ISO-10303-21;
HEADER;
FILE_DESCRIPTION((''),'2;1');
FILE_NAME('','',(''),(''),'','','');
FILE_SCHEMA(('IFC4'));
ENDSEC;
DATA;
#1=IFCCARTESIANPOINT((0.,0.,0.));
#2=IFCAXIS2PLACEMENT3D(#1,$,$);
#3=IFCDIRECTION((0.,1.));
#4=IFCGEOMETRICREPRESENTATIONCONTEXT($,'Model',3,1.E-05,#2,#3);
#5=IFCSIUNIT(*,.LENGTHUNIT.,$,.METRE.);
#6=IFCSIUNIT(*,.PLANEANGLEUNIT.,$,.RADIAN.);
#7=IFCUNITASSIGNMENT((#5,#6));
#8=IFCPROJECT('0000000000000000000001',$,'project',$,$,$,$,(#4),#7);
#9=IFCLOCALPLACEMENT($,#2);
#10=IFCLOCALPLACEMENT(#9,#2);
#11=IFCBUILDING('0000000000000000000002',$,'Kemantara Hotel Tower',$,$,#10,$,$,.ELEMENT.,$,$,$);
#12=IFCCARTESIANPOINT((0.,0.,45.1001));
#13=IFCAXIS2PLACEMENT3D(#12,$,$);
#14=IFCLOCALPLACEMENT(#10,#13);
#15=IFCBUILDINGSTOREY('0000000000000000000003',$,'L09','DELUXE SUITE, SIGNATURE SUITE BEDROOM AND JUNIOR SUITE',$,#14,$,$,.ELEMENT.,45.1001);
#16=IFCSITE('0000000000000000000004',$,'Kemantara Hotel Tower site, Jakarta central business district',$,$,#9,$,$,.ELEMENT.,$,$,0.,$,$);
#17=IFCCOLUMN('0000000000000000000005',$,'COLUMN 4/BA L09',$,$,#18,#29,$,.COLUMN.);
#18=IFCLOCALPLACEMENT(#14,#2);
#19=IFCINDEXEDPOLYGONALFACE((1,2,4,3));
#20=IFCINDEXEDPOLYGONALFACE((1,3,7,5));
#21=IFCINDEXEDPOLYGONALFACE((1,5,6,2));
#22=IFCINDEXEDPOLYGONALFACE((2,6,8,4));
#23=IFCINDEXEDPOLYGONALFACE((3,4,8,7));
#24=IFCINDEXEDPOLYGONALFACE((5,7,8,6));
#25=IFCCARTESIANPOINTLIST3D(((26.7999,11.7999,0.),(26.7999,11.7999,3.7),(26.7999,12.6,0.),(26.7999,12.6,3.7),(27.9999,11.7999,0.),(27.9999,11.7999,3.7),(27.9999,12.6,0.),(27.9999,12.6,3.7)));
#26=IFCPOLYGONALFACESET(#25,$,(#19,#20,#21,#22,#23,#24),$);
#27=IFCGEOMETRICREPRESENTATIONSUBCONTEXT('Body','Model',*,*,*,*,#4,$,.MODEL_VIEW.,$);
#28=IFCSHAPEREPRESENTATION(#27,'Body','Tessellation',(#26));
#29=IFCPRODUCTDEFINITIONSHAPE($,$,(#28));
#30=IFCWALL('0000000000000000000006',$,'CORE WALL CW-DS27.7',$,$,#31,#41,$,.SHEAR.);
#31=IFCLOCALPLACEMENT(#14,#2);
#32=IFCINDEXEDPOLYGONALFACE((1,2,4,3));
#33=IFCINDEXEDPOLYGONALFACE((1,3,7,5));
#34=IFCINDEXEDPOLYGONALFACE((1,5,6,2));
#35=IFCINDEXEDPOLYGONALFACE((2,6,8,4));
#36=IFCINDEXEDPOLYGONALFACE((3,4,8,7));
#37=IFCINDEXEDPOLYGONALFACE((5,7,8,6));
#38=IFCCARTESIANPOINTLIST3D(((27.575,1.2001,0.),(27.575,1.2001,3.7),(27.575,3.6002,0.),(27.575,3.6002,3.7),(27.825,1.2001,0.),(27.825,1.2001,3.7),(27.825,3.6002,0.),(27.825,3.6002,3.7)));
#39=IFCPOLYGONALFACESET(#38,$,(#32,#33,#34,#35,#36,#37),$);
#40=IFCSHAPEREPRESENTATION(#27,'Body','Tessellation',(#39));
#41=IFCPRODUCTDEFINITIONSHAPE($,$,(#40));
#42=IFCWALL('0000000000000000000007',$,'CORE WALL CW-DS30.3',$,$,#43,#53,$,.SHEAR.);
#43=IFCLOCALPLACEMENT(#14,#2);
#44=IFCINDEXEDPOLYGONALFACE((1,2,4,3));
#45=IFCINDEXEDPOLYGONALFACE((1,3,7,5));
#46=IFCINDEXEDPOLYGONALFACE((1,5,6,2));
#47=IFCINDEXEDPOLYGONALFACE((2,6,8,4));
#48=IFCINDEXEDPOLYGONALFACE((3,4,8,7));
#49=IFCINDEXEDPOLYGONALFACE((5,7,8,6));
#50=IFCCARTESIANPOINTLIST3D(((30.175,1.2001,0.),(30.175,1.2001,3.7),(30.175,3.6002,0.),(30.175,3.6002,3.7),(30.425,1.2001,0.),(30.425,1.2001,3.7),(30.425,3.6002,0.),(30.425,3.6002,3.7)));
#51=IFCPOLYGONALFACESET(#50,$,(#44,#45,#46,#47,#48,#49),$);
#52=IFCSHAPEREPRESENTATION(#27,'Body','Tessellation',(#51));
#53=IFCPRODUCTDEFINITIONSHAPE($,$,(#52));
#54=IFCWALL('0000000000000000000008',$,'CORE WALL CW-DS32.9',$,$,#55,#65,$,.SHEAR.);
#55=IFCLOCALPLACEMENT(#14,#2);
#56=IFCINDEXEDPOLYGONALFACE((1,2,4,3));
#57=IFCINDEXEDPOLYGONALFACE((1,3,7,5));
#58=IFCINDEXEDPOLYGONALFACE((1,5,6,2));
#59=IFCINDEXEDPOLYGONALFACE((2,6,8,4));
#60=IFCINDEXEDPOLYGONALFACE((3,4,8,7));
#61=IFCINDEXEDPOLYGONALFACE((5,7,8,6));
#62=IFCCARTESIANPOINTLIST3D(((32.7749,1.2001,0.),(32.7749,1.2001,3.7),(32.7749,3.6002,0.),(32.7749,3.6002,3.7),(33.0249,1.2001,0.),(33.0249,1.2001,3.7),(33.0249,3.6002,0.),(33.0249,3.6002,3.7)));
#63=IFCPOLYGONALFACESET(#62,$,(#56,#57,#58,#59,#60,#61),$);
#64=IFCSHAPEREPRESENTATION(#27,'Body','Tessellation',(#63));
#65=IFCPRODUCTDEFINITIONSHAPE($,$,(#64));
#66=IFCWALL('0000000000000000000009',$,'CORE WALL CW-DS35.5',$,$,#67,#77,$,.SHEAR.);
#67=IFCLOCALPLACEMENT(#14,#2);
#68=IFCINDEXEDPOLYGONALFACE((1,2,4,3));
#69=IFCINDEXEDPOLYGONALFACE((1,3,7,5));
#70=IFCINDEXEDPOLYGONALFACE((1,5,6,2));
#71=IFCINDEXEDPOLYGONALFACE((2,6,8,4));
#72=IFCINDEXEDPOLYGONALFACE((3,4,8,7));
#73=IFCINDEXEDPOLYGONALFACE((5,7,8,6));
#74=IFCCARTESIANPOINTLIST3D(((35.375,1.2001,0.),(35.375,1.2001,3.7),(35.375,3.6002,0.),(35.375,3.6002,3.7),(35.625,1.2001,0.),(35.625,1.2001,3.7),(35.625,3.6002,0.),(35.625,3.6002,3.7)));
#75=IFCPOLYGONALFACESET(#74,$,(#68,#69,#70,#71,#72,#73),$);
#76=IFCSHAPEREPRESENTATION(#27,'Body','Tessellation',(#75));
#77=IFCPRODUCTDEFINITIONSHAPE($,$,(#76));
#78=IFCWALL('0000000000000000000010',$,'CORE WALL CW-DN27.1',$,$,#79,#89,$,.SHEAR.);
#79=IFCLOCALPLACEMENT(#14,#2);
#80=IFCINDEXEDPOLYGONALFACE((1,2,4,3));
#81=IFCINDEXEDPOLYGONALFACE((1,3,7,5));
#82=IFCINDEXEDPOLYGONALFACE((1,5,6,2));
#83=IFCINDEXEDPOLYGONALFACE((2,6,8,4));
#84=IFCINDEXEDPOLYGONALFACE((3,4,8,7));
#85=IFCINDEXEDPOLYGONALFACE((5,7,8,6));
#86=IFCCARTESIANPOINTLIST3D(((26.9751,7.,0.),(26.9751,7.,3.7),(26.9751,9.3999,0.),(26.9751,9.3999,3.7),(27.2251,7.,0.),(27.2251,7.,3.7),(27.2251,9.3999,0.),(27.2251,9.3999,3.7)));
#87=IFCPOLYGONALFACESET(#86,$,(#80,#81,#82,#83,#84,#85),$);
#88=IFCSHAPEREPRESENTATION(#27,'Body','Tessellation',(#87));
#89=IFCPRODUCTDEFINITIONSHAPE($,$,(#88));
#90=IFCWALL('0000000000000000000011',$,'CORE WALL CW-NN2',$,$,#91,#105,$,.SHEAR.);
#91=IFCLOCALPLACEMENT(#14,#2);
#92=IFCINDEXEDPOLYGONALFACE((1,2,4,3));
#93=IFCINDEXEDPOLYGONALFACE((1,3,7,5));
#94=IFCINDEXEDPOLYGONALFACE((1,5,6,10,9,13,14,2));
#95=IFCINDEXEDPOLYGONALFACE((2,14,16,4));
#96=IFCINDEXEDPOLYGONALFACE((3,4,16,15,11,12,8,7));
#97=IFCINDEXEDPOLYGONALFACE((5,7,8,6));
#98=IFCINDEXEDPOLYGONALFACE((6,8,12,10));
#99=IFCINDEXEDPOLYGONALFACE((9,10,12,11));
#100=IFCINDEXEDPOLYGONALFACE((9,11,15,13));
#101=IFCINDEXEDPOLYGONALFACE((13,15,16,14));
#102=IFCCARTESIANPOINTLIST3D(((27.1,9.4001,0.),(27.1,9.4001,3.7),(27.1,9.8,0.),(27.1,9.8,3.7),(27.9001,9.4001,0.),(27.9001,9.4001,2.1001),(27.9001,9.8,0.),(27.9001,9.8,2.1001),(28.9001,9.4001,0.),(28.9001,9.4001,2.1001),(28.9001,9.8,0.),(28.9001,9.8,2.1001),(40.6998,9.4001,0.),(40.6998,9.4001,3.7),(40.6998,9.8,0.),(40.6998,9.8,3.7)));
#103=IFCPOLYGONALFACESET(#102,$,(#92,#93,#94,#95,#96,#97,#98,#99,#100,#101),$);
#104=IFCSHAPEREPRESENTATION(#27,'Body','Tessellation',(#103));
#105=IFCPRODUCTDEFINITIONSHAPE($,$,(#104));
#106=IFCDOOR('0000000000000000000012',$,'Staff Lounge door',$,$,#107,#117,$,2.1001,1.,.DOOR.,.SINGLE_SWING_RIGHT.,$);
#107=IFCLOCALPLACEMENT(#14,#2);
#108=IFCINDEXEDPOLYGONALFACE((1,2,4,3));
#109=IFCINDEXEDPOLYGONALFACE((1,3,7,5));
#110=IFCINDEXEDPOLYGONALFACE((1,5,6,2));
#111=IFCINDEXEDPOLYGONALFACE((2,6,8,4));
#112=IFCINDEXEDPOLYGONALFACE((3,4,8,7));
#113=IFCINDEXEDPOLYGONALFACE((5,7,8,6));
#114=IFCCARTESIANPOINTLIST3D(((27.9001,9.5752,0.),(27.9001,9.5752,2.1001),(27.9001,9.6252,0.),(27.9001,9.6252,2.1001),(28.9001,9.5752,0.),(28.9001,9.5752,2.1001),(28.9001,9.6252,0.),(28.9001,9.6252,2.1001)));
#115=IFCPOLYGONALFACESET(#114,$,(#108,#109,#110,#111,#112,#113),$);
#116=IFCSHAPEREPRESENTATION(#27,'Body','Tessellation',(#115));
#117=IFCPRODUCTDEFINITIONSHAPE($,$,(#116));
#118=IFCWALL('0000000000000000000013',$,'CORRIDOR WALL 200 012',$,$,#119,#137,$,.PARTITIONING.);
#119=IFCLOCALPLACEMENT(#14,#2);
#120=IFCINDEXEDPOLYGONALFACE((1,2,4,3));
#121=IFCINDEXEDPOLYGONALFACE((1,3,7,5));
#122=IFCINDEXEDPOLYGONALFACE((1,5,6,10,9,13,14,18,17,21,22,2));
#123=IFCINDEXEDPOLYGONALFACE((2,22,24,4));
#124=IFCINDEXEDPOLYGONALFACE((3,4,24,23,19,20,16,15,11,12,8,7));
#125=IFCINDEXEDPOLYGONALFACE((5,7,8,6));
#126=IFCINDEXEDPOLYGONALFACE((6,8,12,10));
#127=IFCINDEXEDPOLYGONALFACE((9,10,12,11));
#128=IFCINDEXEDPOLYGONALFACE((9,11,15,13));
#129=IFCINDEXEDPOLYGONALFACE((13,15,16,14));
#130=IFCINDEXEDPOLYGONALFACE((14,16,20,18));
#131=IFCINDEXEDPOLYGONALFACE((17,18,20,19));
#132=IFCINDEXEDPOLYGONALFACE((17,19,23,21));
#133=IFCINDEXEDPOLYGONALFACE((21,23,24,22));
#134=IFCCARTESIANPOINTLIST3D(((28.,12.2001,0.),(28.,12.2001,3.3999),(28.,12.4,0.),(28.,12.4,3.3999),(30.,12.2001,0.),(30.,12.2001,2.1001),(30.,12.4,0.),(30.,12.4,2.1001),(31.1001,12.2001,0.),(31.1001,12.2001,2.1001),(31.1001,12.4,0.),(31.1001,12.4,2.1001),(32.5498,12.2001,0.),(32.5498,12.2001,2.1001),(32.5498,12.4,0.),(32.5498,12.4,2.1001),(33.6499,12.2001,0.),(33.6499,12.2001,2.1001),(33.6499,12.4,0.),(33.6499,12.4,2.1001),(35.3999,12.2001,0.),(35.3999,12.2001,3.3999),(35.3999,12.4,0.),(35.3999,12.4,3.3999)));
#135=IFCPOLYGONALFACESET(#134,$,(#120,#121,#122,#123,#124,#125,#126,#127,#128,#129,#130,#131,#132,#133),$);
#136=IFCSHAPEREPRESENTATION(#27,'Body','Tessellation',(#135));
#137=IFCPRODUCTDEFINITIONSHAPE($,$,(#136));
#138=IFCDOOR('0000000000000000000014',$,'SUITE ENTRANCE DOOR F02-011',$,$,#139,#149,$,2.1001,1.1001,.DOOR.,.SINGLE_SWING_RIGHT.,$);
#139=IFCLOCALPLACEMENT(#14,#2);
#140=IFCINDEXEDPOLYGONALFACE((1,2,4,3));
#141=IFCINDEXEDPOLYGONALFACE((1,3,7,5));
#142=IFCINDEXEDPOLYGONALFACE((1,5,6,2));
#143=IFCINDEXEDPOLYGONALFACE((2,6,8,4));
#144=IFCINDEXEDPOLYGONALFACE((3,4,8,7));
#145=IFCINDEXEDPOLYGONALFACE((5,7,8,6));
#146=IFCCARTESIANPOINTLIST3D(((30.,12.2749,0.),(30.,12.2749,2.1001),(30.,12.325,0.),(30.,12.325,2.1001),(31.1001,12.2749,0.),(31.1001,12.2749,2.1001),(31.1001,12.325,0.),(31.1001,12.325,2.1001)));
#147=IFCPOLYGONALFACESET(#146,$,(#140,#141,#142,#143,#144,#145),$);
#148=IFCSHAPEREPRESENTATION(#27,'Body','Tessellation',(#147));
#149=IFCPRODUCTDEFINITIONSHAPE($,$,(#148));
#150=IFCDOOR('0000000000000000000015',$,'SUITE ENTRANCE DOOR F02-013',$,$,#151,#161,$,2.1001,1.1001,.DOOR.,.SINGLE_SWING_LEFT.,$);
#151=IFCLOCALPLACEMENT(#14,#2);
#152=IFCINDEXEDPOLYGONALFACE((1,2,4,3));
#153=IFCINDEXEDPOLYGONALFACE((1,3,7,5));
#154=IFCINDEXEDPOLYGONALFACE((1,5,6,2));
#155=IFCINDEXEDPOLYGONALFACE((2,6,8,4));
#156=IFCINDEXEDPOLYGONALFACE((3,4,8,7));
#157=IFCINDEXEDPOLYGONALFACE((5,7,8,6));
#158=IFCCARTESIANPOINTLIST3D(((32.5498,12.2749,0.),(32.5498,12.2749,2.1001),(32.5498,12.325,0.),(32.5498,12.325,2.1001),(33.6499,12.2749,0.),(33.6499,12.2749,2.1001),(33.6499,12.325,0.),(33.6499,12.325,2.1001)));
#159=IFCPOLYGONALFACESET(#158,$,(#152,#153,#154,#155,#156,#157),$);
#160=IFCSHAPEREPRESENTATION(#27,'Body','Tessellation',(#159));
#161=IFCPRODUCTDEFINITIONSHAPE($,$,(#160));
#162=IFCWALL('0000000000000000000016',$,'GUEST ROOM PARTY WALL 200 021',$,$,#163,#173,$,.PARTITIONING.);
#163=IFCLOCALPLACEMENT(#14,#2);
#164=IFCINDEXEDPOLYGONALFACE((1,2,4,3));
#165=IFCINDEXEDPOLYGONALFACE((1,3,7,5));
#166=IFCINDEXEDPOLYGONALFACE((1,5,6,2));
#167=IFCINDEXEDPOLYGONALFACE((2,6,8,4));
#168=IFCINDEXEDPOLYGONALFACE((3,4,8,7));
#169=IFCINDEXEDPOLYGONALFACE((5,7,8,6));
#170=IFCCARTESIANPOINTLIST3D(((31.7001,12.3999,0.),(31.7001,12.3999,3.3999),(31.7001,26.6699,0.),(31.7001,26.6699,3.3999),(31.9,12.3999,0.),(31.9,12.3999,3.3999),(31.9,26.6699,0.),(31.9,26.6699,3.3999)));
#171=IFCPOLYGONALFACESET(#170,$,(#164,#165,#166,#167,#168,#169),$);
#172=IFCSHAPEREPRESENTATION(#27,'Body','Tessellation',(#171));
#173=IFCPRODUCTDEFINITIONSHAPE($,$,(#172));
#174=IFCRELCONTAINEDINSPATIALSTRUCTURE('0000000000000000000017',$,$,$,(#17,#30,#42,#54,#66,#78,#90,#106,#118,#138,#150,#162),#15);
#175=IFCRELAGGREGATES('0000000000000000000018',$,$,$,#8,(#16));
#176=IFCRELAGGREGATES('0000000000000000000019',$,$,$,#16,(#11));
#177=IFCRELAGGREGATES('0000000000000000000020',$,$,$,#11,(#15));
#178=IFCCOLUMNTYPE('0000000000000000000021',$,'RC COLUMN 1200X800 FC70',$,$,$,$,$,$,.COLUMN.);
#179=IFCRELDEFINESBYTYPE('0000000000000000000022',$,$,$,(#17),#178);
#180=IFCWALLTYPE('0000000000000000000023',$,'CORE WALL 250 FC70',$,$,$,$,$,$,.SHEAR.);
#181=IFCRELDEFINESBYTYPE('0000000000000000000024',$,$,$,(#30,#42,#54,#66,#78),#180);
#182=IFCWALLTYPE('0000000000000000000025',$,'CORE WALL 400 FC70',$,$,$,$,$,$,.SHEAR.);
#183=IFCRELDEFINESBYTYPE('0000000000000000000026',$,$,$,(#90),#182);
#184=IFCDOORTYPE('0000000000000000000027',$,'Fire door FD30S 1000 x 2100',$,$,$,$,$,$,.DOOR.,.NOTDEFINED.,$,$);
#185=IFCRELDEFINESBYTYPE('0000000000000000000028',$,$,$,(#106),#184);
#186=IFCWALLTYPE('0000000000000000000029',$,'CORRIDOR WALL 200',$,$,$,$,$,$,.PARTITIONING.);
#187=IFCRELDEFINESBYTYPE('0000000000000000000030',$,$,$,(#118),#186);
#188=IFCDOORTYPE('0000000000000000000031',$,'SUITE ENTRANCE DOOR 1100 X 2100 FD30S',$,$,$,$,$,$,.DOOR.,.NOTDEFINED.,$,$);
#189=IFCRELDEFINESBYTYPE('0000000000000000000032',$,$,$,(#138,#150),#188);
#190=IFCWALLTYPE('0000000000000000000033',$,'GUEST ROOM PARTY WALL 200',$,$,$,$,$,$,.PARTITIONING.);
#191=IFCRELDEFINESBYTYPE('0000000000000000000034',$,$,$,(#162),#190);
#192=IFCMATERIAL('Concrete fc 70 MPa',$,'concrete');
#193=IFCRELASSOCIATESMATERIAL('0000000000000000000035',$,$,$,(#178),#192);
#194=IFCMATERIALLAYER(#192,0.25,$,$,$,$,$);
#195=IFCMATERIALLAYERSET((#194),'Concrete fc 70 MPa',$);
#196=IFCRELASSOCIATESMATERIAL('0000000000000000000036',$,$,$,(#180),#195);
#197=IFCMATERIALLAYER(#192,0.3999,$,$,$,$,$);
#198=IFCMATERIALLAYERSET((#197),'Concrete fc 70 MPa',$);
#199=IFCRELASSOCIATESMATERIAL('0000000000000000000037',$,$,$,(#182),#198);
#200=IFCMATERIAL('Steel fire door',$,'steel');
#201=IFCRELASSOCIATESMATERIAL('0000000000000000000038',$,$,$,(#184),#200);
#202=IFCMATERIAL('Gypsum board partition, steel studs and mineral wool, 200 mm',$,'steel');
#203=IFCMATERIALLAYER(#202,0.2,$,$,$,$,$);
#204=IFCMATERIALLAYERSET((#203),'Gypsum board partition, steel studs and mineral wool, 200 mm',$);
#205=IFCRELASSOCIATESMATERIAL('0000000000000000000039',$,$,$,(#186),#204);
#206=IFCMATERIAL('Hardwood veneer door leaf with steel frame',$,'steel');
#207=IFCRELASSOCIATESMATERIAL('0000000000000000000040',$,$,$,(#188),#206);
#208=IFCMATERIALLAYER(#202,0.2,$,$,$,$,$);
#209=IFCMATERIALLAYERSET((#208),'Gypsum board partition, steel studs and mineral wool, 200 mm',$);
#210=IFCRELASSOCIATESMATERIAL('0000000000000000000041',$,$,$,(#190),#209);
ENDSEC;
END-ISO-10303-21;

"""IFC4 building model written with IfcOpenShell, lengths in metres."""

from ifc_helpers import new_model, si_unit, direction, frame, frame_2d, origin, origin_2d, place, context, subcontext, project, spatial, rectangle, extrude, material, layer, layer_set, material_profile, profile_set, type_object, element, fill, save


model = new_model("IFC4")

# Units and contexts
model_context = context("Model", 3, precision=1e-05, world=origin(), true_north=direction((0.0, 1.0)))
body_context = subcontext(model_context, "Body", "Model", "MODEL_VIEW")
ifc_project = project(units=[si_unit("LENGTHUNIT", "METRE"), si_unit("PLANEANGLEUNIT", "RADIAN")], contexts=[model_context])

# Site, building, storey
site_placement = place(None, origin())
site = spatial("IfcSite", under=ifc_project, at=site_placement, Name="Kemantara Hotel Tower site, Jakarta central business district", CompositionType="ELEMENT", RefElevation=0.0)
building_placement = place(site_placement, origin())
building = spatial("IfcBuilding", under=site, at=building_placement, Name="Kemantara Hotel Tower", CompositionType="ELEMENT")
storey_placement = place(building_placement, frame((0.0, 0.0, 45.1001)))
storey = spatial("IfcBuildingStorey", under=building, at=storey_placement, Name="L09", Description="DELUXE SUITE, SIGNATURE SUITE BEDROOM AND JUNIOR SUITE", CompositionType="ELEMENT", Elevation=45.1001)

# Column
ifc_material_1 = material(Name="Concrete fc 70 MPa", Category="concrete")
ifc_material_profile = material_profile(ifc_material_1, rectangle(XDim=1.2, YDim=0.8, at=origin_2d()), Name="RC 1200X800")
ifc_profile_set = profile_set([ifc_material_profile], Name="Concrete fc 70 MPa")
column_type = type_object("IfcColumnType", Name="RC COLUMN 1200X800 FC70", PredefinedType="COLUMN", material=ifc_profile_set)
column_placement = place(storey_placement, frame((27.3999, 12.2, 0.0), z_axis=(0.0, 0.0, 1.0), x_axis=(1.0, 0.0, 0.0)))
element("IfcColumn", 1, at=column_placement, inside=storey, type_object=column_type, Name="COLUMN 4/BA L09", PredefinedType="COLUMN", context=body_context, shape_type="SweptSolid", body=[
    extrude(rectangle(XDim=1.2, YDim=0.8, at=origin_2d()), origin(), (0.0, 0.0, 1.0), 3.7),
])

# Walls
ifc_layer_1 = layer(ifc_material_1, 0.25)
ifc_layer_set_1 = layer_set([ifc_layer_1], Name="Concrete fc 70 MPa")
wall_type_1 = type_object("IfcWallType", Name="CORE WALL 250 FC70", PredefinedType="SHEAR", material=ifc_layer_set_1)
for number, where, z_axis, x_axis, name in (
    (2, (27.7, 1.2, 0.0), (0.0, 0.0, 1.0), (0.0, 1.0, 0.0), "CORE WALL CW-DS27.7"),
    (3, (30.3, 1.2, 0.0), (0.0, 0.0, 1.0), (0.0, 1.0, 0.0), "CORE WALL CW-DS30.3"),
    (4, (32.8999, 1.2, 0.0), (0.0, 0.0, 1.0), (0.0, 1.0, 0.0), "CORE WALL CW-DS32.9"),
    (5, (35.5, 1.2, 0.0), (0.0, 0.0, 1.0), (0.0, 1.0, 0.0), "CORE WALL CW-DS35.5"),
):
    element("IfcWall", number, at=place(storey_placement, frame(where, z_axis=z_axis, x_axis=x_axis)), inside=storey, type_object=wall_type_1, Name=name, PredefinedType="SHEAR", context=body_context, shape_type="SweptSolid", body=[
        extrude(rectangle(XDim=2.4001, YDim=0.25, at=frame_2d((1.2002, 0.0))), origin(), (0.0, 0.0, 1.0), 3.7),
    ])
wall_1_placement = place(storey_placement, frame((27.1001, 7.0, 0.0), z_axis=(0.0, 0.0, 1.0), x_axis=(0.0, 1.0, 0.0)))
element("IfcWall", 6, at=wall_1_placement, inside=storey, type_object=wall_type_1, Name="CORE WALL CW-DN27.1", PredefinedType="SHEAR", context=body_context, shape_type="SweptSolid", body=[
    extrude(rectangle(XDim=2.3999, YDim=0.25, at=frame_2d((1.2, 0.0))), origin(), (0.0, 0.0, 1.0), 3.7),
])

# Wall, opening, door
ifc_layer_2 = layer(ifc_material_1, 0.3999)
ifc_layer_set_2 = layer_set([ifc_layer_2], Name="Concrete fc 70 MPa")
wall_type_2 = type_object("IfcWallType", Name="CORE WALL 400 FC70", PredefinedType="SHEAR", material=ifc_layer_set_2)
wall_2_placement = place(storey_placement, frame((27.1001, 9.6001, 0.0), z_axis=(0.0, 0.0, 1.0), x_axis=(1.0, 0.0, 0.0)))
wall_2 = element("IfcWall", 7, at=wall_2_placement, inside=storey, type_object=wall_type_2, Name="CORE WALL CW-NN2", PredefinedType="SHEAR", context=body_context, shape_type="SweptSolid", body=[
    extrude(rectangle(XDim=13.5999, YDim=0.3999, at=frame_2d((6.7998, 0.0))), origin(), (0.0, 0.0, 1.0), 3.7),
])
opening_1_placement = place(wall_2_placement, frame((0.8, 0.0, 0.0)))
opening_1 = element("IfcOpeningElement", 8, at=opening_1_placement, cuts=wall_2, PredefinedType="OPENING", context=body_context, shape_type="SweptSolid", body=[
    extrude(rectangle(XDim=1.0, YDim=2.1001, at=frame_2d((0.5, 1.05))), frame((0.0, 0.21, 0.0), z_axis=(0.0, -1.0, 0.0), x_axis=(1.0, 0.0, 0.0)), (0.0, 0.0, 1.0), 0.4199),
])
ifc_material_2 = material(Name="Steel fire door", Category="steel")
door_type_1 = type_object("IfcDoorType", Name="Fire door FD30S 1000 x 2100", OperationType="NOTDEFINED", PredefinedType="DOOR", material=ifc_material_2)
door_1_placement = place(opening_1_placement, frame((1.0, 0.0, 0.0), z_axis=(0.0, 0.0, 1.0), x_axis=(-1.0, 0.0, 0.0)))
door_1 = element("IfcDoor", 9, at=door_1_placement, inside=storey, type_object=door_type_1, Name="Staff Lounge door", OperationType="SINGLE_SWING_RIGHT", OverallHeight=2.1001, OverallWidth=1.0, PredefinedType="DOOR", context=body_context, shape_type="SweptSolid", body=[
    extrude(rectangle(XDim=1.0, YDim=2.1001, at=frame_2d((0.5, 1.05))), frame((0.0, 0.0249, 0.0), z_axis=(0.0, -1.0, 0.0), x_axis=(1.0, 0.0, 0.0)), (0.0, 0.0, 1.0), 0.05),
])
fill(opening_1, door_1)

# Wall, openings, doors
ifc_material_3 = material(Name="Gypsum board partition, steel studs and mineral wool, 200 mm", Category="steel")
ifc_layer_3 = layer(ifc_material_3, 0.2)
ifc_layer_set_3 = layer_set([ifc_layer_3], Name="Gypsum board partition, steel studs and mineral wool, 200 mm")
wall_type_3 = type_object("IfcWallType", Name="CORRIDOR WALL 200", PredefinedType="PARTITIONING", material=ifc_layer_set_3)
wall_3_placement = place(storey_placement, frame((28.0, 12.3, 0.0), z_axis=(0.0, 0.0, 1.0), x_axis=(1.0, 0.0, 0.0)))
wall_3 = element("IfcWall", 10, at=wall_3_placement, inside=storey, type_object=wall_type_3, Name="CORRIDOR WALL 200 012", PredefinedType="PARTITIONING", context=body_context, shape_type="SweptSolid", body=[
    extrude(rectangle(XDim=7.3999, YDim=0.2, at=frame_2d((3.7, 0.0))), origin(), (0.0, 0.0, 1.0), 3.3999),
])
opening_2_placement = place(wall_3_placement, frame((2.0, 0.0, 0.0)))
opening_2 = element("IfcOpeningElement", 11, at=opening_2_placement, cuts=wall_3, PredefinedType="OPENING", context=body_context, shape_type="SweptSolid", body=[
    extrude(rectangle(XDim=1.1001, YDim=2.1001, at=frame_2d((0.55, 1.05))), frame((0.0, 0.1099, 0.0), z_axis=(0.0, -1.0, 0.0), x_axis=(1.0, 0.0, 0.0)), (0.0, 0.0, 1.0), 0.22),
])
opening_3_placement = place(wall_3_placement, frame((4.5498, 0.0, 0.0)))
opening_3 = element("IfcOpeningElement", 12, at=opening_3_placement, cuts=wall_3, PredefinedType="OPENING", context=body_context, shape_type="SweptSolid", body=[
    extrude(rectangle(XDim=1.1001, YDim=2.1001, at=frame_2d((0.55, 1.05))), frame((0.0, 0.1099, 0.0), z_axis=(0.0, -1.0, 0.0), x_axis=(1.0, 0.0, 0.0)), (0.0, 0.0, 1.0), 0.22),
])
ifc_material_4 = material(Name="Hardwood veneer door leaf with steel frame", Category="steel")
door_type_2 = type_object("IfcDoorType", Name="SUITE ENTRANCE DOOR 1100 X 2100 FD30S", OperationType="NOTDEFINED", PredefinedType="DOOR", material=ifc_material_4)
door_2_placement = place(opening_2_placement, origin())
door_2 = element("IfcDoor", 13, at=door_2_placement, inside=storey, type_object=door_type_2, Name="SUITE ENTRANCE DOOR F02-011", OperationType="SINGLE_SWING_RIGHT", OverallHeight=2.1001, OverallWidth=1.1001, PredefinedType="DOOR", context=body_context, shape_type="SweptSolid", body=[
    extrude(rectangle(XDim=1.1001, YDim=2.1001, at=frame_2d((0.55, 1.05))), frame((0.0, 0.0249, 0.0), z_axis=(0.0, -1.0, 0.0), x_axis=(1.0, 0.0, 0.0)), (0.0, 0.0, 1.0), 0.05),
])
fill(opening_2, door_2)
door_3_placement = place(opening_3_placement, origin())
door_3 = element("IfcDoor", 14, at=door_3_placement, inside=storey, type_object=door_type_2, Name="SUITE ENTRANCE DOOR F02-013", OperationType="SINGLE_SWING_LEFT", OverallHeight=2.1001, OverallWidth=1.1001, PredefinedType="DOOR", context=body_context, shape_type="SweptSolid", body=[
    extrude(rectangle(XDim=1.1001, YDim=2.1001, at=frame_2d((0.55, 1.05))), frame((0.0, 0.0249, 0.0), z_axis=(0.0, -1.0, 0.0), x_axis=(1.0, 0.0, 0.0)), (0.0, 0.0, 1.0), 0.05),
])
fill(opening_3, door_3)

# Wall
ifc_layer_4 = layer(ifc_material_3, 0.2)
ifc_layer_set_4 = layer_set([ifc_layer_4], Name="Gypsum board partition, steel studs and mineral wool, 200 mm")
wall_type_4 = type_object("IfcWallType", Name="GUEST ROOM PARTY WALL 200", PredefinedType="PARTITIONING", material=ifc_layer_set_4)
wall_4_placement = place(storey_placement, frame((31.8, 12.3999, 0.0), z_axis=(0.0, 0.0, 1.0), x_axis=(0.0, 1.0, 0.0)))
element("IfcWall", 15, at=wall_4_placement, inside=storey, type_object=wall_type_4, Name="GUEST ROOM PARTY WALL 200 021", PredefinedType="PARTITIONING", context=body_context, shape_type="SweptSolid", body=[
    extrude(rectangle(XDim=14.27, YDim=0.2, at=frame_2d((7.135, 0.0))), origin(), (0.0, 0.0, 1.0), 3.3999),
])

save(model, "model.ifc")
